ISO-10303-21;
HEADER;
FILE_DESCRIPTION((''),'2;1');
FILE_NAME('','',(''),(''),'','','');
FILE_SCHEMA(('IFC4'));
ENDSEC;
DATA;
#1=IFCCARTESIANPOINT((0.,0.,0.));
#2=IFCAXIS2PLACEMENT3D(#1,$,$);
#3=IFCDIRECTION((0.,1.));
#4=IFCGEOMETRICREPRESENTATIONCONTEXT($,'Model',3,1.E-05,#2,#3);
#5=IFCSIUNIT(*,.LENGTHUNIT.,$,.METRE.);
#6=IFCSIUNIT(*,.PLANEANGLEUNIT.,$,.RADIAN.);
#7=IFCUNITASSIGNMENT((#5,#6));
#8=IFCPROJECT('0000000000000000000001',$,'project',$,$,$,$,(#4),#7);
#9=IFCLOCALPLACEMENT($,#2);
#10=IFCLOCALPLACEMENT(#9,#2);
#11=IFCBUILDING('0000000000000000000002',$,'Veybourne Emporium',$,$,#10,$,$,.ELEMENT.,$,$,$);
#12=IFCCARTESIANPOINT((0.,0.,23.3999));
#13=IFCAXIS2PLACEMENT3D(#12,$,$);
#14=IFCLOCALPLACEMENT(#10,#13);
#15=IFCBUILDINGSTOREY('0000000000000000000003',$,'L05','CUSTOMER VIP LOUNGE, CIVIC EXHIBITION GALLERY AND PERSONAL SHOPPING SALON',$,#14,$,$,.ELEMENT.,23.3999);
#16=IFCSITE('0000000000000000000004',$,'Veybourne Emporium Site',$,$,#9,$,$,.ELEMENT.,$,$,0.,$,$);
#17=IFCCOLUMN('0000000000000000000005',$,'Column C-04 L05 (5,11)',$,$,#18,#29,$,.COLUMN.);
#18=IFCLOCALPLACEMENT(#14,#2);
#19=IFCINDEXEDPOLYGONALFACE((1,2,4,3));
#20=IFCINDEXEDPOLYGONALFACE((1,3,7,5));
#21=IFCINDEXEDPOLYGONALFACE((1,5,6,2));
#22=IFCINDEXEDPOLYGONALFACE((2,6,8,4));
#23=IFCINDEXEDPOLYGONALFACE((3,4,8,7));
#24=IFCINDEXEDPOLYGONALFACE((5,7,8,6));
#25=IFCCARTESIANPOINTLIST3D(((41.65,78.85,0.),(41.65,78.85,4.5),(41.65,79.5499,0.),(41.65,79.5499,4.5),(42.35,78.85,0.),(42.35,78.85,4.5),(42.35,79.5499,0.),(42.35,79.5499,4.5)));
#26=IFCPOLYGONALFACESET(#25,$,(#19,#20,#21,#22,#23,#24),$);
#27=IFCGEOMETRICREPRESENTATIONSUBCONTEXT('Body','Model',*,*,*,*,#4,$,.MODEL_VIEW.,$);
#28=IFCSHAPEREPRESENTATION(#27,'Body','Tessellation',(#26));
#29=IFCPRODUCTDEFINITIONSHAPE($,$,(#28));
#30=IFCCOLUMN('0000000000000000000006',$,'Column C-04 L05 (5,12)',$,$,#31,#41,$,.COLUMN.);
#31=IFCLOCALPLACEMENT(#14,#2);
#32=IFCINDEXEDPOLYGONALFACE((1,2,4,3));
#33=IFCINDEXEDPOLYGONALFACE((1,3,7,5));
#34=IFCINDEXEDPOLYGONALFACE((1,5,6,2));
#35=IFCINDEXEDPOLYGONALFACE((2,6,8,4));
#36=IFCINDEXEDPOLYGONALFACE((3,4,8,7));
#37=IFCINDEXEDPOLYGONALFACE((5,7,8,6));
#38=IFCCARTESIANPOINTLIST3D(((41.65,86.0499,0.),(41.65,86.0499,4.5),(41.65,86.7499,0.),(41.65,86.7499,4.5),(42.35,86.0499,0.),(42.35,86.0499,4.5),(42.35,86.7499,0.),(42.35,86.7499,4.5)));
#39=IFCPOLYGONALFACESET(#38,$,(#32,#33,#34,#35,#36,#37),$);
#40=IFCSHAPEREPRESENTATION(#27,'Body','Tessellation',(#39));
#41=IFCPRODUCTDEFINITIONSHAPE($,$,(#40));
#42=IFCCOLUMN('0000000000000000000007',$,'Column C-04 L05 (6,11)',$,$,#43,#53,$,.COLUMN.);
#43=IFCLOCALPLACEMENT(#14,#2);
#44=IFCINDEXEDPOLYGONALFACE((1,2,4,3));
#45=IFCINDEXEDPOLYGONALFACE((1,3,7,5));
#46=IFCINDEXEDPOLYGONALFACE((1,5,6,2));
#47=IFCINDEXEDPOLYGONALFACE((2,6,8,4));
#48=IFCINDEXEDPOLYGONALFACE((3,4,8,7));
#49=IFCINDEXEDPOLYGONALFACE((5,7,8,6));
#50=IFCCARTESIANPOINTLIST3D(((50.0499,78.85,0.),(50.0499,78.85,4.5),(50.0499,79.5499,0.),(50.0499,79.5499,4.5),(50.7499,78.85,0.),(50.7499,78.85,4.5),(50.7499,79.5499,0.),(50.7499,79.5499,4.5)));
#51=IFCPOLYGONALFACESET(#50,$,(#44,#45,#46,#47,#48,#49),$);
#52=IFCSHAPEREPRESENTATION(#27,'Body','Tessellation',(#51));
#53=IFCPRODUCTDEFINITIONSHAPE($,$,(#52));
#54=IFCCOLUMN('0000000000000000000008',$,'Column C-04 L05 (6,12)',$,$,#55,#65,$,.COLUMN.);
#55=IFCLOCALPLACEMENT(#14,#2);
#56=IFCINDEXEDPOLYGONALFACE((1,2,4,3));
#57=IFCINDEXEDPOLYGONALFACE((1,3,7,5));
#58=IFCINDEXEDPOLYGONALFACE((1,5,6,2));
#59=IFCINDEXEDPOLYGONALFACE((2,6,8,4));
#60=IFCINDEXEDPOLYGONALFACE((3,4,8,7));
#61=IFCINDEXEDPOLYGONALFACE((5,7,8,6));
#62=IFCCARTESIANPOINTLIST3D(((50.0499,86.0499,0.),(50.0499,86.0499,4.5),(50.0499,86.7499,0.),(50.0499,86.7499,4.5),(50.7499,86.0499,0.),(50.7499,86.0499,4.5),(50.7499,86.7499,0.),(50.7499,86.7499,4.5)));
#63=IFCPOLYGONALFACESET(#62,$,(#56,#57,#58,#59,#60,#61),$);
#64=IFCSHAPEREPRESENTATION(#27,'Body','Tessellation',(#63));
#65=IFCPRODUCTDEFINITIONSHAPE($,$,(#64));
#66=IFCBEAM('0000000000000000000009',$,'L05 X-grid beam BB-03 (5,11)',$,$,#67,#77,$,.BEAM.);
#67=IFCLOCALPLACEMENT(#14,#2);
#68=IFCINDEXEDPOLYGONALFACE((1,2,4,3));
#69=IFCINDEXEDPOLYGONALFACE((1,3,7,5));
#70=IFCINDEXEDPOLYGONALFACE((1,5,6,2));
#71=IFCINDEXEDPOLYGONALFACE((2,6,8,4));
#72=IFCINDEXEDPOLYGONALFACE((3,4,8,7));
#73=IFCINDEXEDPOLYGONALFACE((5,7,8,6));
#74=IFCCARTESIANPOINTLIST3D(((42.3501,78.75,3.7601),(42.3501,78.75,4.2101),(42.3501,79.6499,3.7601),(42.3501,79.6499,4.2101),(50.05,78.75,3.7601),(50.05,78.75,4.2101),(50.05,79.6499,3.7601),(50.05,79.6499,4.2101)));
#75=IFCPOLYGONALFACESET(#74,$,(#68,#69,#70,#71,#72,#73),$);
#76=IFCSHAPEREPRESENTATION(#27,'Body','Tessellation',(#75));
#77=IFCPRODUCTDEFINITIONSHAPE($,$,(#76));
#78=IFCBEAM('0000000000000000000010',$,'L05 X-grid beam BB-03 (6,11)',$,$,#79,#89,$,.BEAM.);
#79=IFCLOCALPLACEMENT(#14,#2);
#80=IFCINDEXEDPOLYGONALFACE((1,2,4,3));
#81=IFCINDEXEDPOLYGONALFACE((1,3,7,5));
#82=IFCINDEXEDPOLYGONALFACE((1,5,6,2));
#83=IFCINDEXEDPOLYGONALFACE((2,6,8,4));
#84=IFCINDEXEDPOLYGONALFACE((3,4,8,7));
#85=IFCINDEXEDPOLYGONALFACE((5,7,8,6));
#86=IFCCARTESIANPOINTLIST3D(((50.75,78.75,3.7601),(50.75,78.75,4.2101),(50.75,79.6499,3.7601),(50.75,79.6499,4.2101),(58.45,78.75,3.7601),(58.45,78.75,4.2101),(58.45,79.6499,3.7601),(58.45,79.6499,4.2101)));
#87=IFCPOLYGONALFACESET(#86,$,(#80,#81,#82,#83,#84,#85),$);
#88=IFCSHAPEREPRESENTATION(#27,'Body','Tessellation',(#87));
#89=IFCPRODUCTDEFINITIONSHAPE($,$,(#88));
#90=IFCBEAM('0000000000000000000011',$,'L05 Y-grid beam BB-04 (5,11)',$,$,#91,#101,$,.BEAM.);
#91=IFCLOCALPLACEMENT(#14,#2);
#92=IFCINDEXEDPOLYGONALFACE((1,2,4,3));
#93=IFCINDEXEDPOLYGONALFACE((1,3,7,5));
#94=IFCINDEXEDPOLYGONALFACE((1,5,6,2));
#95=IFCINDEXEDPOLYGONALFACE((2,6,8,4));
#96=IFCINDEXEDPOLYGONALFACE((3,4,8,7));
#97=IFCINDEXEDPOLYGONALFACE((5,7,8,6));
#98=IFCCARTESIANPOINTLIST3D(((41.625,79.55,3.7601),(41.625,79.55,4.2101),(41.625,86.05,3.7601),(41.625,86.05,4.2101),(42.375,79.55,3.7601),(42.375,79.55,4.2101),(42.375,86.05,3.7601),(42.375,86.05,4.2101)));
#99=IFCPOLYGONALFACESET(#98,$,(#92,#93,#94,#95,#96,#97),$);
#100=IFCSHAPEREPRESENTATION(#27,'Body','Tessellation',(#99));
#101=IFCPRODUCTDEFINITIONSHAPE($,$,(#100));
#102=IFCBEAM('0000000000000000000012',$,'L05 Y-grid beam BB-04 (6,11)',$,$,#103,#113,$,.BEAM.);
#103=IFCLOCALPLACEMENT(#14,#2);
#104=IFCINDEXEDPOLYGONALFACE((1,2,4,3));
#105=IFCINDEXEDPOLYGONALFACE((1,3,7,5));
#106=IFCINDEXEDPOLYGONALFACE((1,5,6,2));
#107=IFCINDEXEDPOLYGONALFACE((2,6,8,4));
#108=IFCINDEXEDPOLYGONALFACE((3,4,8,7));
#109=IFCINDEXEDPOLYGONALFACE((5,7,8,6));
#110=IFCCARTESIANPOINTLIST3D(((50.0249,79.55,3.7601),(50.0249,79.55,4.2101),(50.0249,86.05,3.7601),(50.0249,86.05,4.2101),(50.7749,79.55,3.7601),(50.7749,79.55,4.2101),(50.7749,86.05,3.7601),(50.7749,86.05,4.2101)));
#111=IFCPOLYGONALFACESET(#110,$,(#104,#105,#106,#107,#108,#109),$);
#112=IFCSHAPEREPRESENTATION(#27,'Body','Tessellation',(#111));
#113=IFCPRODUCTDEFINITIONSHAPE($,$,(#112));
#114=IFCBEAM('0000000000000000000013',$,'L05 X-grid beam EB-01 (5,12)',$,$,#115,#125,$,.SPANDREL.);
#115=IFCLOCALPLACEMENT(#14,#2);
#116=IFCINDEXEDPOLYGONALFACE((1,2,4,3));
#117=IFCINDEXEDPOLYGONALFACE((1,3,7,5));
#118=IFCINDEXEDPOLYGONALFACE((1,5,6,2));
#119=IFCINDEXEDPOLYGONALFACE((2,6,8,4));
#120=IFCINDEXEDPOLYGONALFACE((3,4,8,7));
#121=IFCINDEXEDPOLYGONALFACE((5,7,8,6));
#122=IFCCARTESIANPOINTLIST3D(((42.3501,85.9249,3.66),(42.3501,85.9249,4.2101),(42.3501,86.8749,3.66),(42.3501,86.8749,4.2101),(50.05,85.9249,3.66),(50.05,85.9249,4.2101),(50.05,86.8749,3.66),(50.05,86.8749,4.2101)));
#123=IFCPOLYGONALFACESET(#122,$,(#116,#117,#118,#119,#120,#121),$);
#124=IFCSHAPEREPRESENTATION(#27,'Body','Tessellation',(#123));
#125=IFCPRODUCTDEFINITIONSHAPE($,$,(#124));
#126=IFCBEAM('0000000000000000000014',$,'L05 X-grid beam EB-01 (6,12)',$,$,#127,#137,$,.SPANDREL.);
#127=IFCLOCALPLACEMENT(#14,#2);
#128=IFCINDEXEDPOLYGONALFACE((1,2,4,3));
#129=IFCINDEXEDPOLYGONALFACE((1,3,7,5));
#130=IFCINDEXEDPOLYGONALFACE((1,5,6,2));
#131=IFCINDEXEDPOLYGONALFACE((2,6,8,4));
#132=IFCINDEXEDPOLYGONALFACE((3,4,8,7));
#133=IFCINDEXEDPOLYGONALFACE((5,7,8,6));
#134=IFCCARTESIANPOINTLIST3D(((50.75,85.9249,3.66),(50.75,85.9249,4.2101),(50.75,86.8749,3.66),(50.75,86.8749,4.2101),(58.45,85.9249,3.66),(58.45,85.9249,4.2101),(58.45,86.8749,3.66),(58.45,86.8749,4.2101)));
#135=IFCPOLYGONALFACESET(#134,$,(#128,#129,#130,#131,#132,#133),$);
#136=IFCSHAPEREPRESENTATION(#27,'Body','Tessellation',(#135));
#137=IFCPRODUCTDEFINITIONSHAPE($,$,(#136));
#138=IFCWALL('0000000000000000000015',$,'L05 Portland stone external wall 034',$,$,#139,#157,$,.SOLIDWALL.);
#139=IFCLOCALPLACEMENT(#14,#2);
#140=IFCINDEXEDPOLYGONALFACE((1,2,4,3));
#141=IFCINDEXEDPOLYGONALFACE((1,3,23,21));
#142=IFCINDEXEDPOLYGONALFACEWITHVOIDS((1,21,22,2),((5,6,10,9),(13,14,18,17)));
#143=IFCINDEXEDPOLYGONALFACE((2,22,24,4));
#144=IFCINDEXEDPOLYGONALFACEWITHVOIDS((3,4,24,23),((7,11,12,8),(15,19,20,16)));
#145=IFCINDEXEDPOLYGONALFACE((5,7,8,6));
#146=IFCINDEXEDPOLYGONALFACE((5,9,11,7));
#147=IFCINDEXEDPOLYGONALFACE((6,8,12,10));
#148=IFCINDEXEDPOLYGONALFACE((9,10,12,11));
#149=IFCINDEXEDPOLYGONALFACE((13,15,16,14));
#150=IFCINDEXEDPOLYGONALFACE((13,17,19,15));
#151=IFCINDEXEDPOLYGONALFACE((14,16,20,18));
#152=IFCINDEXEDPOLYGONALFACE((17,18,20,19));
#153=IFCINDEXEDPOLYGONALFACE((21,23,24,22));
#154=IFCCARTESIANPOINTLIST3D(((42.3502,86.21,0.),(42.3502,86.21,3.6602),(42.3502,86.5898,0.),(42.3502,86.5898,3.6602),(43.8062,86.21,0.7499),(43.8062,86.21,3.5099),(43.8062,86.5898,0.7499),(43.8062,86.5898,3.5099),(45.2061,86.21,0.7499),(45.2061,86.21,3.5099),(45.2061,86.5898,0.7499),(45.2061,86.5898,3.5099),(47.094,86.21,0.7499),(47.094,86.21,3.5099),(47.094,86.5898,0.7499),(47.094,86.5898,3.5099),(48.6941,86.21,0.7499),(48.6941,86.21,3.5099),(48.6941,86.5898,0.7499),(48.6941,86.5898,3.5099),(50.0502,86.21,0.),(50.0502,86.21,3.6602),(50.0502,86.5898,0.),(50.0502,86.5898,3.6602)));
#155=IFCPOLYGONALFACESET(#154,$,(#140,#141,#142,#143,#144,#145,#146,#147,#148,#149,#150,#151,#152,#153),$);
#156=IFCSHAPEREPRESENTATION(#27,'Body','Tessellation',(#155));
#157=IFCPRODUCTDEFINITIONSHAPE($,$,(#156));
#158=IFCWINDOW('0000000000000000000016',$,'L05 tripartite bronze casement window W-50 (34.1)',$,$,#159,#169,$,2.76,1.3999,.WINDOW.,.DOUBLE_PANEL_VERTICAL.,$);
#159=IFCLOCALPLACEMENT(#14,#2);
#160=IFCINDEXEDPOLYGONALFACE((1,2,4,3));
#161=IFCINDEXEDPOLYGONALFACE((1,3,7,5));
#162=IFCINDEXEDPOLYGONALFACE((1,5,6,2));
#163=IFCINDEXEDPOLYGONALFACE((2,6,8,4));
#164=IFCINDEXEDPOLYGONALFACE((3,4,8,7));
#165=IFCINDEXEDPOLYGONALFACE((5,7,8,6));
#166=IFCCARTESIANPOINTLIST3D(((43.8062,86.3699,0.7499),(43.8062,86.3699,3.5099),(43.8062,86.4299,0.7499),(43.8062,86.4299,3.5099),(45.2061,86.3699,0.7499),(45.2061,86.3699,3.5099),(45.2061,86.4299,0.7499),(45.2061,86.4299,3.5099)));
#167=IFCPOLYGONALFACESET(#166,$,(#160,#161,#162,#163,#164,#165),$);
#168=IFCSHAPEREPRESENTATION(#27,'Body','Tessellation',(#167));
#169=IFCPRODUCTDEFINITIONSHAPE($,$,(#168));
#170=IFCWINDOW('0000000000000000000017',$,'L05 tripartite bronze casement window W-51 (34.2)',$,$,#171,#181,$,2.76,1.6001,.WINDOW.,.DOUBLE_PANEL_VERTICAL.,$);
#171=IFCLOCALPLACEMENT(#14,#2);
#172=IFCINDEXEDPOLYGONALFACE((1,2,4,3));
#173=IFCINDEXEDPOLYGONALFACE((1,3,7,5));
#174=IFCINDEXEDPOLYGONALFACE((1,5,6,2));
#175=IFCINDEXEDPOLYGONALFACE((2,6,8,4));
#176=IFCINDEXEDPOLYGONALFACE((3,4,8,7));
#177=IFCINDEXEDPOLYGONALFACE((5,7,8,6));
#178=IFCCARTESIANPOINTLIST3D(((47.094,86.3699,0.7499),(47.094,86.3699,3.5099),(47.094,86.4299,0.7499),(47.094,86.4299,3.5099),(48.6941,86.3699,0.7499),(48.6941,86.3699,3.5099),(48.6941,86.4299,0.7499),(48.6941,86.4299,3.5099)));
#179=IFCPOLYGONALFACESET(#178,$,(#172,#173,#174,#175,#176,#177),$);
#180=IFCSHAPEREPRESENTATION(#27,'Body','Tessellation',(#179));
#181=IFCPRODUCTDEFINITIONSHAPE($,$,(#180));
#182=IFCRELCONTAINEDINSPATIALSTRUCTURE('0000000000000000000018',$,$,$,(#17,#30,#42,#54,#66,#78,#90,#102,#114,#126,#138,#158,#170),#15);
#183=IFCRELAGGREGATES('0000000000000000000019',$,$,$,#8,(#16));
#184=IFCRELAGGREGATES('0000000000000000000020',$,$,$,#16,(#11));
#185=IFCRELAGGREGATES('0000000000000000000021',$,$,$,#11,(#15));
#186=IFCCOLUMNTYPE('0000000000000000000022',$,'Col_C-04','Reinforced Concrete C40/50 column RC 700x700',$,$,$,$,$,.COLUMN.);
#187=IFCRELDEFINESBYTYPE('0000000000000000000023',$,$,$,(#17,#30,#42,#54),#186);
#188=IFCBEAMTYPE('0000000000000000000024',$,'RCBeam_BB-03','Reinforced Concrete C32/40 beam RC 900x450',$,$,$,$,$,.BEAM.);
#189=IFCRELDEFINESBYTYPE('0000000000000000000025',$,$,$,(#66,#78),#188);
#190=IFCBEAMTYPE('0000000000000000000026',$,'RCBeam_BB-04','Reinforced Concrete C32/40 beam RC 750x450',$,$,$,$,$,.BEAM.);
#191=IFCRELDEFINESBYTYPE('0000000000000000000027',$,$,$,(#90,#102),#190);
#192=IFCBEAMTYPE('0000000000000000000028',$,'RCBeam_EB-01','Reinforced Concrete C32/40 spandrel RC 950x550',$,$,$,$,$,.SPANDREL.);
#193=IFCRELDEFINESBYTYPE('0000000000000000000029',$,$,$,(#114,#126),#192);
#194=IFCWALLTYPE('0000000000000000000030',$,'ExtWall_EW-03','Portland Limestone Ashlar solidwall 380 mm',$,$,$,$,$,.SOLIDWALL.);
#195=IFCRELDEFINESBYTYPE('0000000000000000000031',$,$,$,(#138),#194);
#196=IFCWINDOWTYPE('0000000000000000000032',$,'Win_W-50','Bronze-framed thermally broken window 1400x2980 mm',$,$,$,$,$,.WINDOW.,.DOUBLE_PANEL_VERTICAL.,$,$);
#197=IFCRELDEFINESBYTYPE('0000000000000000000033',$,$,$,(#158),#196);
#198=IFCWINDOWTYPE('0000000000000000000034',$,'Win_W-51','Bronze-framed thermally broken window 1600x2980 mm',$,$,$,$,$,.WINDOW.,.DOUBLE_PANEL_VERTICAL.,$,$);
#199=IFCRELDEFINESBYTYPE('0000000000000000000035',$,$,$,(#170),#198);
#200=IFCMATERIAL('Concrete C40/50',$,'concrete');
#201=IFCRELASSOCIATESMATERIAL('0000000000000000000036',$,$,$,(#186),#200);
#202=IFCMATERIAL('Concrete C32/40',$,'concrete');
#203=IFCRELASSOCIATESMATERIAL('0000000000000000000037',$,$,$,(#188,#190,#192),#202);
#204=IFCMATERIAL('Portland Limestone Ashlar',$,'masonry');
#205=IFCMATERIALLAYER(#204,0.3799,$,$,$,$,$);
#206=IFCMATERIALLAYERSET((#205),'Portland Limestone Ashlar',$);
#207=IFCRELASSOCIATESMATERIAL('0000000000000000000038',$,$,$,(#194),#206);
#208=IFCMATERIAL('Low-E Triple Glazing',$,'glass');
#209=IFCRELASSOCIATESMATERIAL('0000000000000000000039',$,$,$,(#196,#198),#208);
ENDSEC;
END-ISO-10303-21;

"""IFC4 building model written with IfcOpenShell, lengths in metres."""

from ifc_helpers import new_model, si_unit, direction, frame, frame_2d, origin, origin_2d, place, context, subcontext, project, spatial, rectangle, extrude, material, layer, layer_set, material_profile, profile_set, type_object, element, fill, save


model = new_model("IFC4")

# Units and contexts
model_context = context("Model", 3, precision=1e-05, world=origin(), true_north=direction((0.0, 1.0)))
body_context = subcontext(model_context, "Body", "Model", "MODEL_VIEW")
ifc_project = project(units=[si_unit("LENGTHUNIT", "METRE"), si_unit("PLANEANGLEUNIT", "RADIAN")], contexts=[model_context])

# Site, building, storey
site_placement = place(None, origin())
site = spatial("IfcSite", under=ifc_project, at=site_placement, Name="Veybourne Emporium Site", CompositionType="ELEMENT", RefElevation=0.0)
building_placement = place(site_placement, origin())
building = spatial("IfcBuilding", under=site, at=building_placement, Name="Veybourne Emporium", CompositionType="ELEMENT")
storey_placement = place(building_placement, frame((0.0, 0.0, 23.3999)))
storey = spatial("IfcBuildingStorey", under=building, at=storey_placement, Name="L05", Description="CUSTOMER VIP LOUNGE, CIVIC EXHIBITION GALLERY AND PERSONAL SHOPPING SALON", CompositionType="ELEMENT", Elevation=23.3999)

# Columns
ifc_material_1 = material(Name="Concrete C40/50", Category="concrete")
ifc_material_profile_1 = material_profile(ifc_material_1, rectangle(XDim=0.7, YDim=0.7, at=origin_2d()), Name="RC 700x700")
ifc_profile_set_1 = profile_set([ifc_material_profile_1], Name="Concrete C40/50")
column_type = type_object("IfcColumnType", Name="Col_C-04", Description="Reinforced Concrete C40/50 column RC 700x700", PredefinedType="COLUMN", material=ifc_profile_set_1)
for number, where, z_axis, x_axis, name in (
    (1, (42.0, 79.2, 0.0), (0.0, 0.0, 1.0), (1.0, 0.0, 0.0), "Column C-04 L05 (5,11)"),
    (2, (42.0, 86.3999, 0.0), (0.0, 0.0, 1.0), (1.0, 0.0, 0.0), "Column C-04 L05 (5,12)"),
    (3, (50.3999, 79.2, 0.0), (0.0, 0.0, 1.0), (1.0, 0.0, 0.0), "Column C-04 L05 (6,11)"),
    (4, (50.3999, 86.3999, 0.0), (0.0, 0.0, 1.0), (1.0, 0.0, 0.0), "Column C-04 L05 (6,12)"),
):
    element("IfcColumn", number, at=place(storey_placement, frame(where, z_axis=z_axis, x_axis=x_axis)), inside=storey, type_object=column_type, Name=name, PredefinedType="COLUMN", context=body_context, shape_type="SweptSolid", body=[
        extrude(rectangle(XDim=0.7, YDim=0.7, at=origin_2d()), origin(), (0.0, 0.0, 1.0), 4.5),
    ])

# Beams
ifc_material_2 = material(Name="Concrete C32/40", Category="concrete")
ifc_material_profile_2 = material_profile(ifc_material_2, rectangle(XDim=0.8999, YDim=0.45, at=origin_2d()), Name="RC 900x450")
ifc_profile_set_2 = profile_set([ifc_material_profile_2], Name="Concrete C32/40")
beam_type_1 = type_object("IfcBeamType", Name="RCBeam_BB-03", Description="Reinforced Concrete C32/40 beam RC 900x450", PredefinedType="BEAM", material=ifc_profile_set_2)
for number, where, z_axis, x_axis, name in (
    (5, (42.3501, 79.2, 3.9851), (1.0, 0.0, 0.0), (0.0, 1.0, 0.0), "L05 X-grid beam BB-03 (5,11)"),
    (6, (50.75, 79.2, 3.9851), (1.0, 0.0, 0.0), (0.0, 1.0, 0.0), "L05 X-grid beam BB-03 (6,11)"),
):
    element("IfcBeam", number, at=place(storey_placement, frame(where, z_axis=z_axis, x_axis=x_axis)), inside=storey, type_object=beam_type_1, Name=name, PredefinedType="BEAM", context=body_context, shape_type="SweptSolid", body=[
        extrude(rectangle(XDim=0.8999, YDim=0.45, at=origin_2d()), origin(), (0.0, 0.0, 1.0), 7.7),
    ])
ifc_material_profile_3 = material_profile(ifc_material_2, rectangle(XDim=0.75, YDim=0.45, at=origin_2d()), Name="RC 750x450")
ifc_profile_set_3 = profile_set([ifc_material_profile_3], Name="Concrete C32/40")
beam_type_2 = type_object("IfcBeamType", Name="RCBeam_BB-04", Description="Reinforced Concrete C32/40 beam RC 750x450", PredefinedType="BEAM", material=ifc_profile_set_3)
for number, where, z_axis, x_axis, name in (
    (7, (42.0, 79.55, 3.9851), (0.0, 1.0, 0.0), (-1.0, 0.0, 0.0), "L05 Y-grid beam BB-04 (5,11)"),
    (8, (50.3999, 79.55, 3.9851), (0.0, 1.0, 0.0), (-1.0, 0.0, 0.0), "L05 Y-grid beam BB-04 (6,11)"),
):
    element("IfcBeam", number, at=place(storey_placement, frame(where, z_axis=z_axis, x_axis=x_axis)), inside=storey, type_object=beam_type_2, Name=name, PredefinedType="BEAM", context=body_context, shape_type="SweptSolid", body=[
        extrude(rectangle(XDim=0.75, YDim=0.45, at=origin_2d()), origin(), (0.0, 0.0, 1.0), 6.5),
    ])
ifc_material_profile_4 = material_profile(ifc_material_2, rectangle(XDim=0.95, YDim=0.55, at=origin_2d()), Name="RC 950x550")
ifc_profile_set_4 = profile_set([ifc_material_profile_4], Name="Concrete C32/40")
beam_type_3 = type_object("IfcBeamType", Name="RCBeam_EB-01", Description="Reinforced Concrete C32/40 spandrel RC 950x550", PredefinedType="SPANDREL", material=ifc_profile_set_4)
for number, where, z_axis, x_axis, name in (
    (9, (42.3501, 86.3999, 3.9351), (1.0, 0.0, 0.0), (0.0, 1.0, 0.0), "L05 X-grid beam EB-01 (5,12)"),
    (10, (50.75, 86.3999, 3.9351), (1.0, 0.0, 0.0), (0.0, 1.0, 0.0), "L05 X-grid beam EB-01 (6,12)"),
):
    element("IfcBeam", number, at=place(storey_placement, frame(where, z_axis=z_axis, x_axis=x_axis)), inside=storey, type_object=beam_type_3, Name=name, PredefinedType="SPANDREL", context=body_context, shape_type="SweptSolid", body=[
        extrude(rectangle(XDim=0.95, YDim=0.55, at=origin_2d()), origin(), (0.0, 0.0, 1.0), 7.7),
    ])

# Wall, openings, windows
ifc_material_3 = material(Name="Portland Limestone Ashlar", Category="masonry")
ifc_layer_1 = layer(ifc_material_3, 0.3799)
ifc_layer_set_1 = layer_set([ifc_layer_1], Name="Portland Limestone Ashlar")
wall_type_1 = type_object("IfcWallType", Name="ExtWall_EW-03", Description="Portland Limestone Ashlar solidwall 380 mm", PredefinedType="SOLIDWALL", material=ifc_layer_set_1)
wall_1_placement = place(storey_placement, frame((42.3501, 86.3999, 0.0), z_axis=(0.0, 0.0, 1.0), x_axis=(1.0, 0.0, 0.0)))
wall_1 = element("IfcWall", 11, at=wall_1_placement, inside=storey, type_object=wall_type_1, Name="L05 Portland stone external wall 034", PredefinedType="SOLIDWALL", context=body_context, shape_type="SweptSolid", body=[
    extrude(rectangle(XDim=7.7, YDim=0.3799, at=frame_2d((3.8501, 0.0))), origin(), (0.0, 0.0, 1.0), 3.6602),
])
opening_1_placement = place(wall_1_placement, frame((1.4561, 0.0, 0.75)))
opening_1 = element("IfcOpeningElement", 12, at=opening_1_placement, cuts=wall_1, PredefinedType="OPENING", context=body_context, shape_type="SweptSolid", body=[
    extrude(rectangle(XDim=1.3999, YDim=2.76, at=frame_2d((0.7, 1.3799))), frame((0.0, 0.21, 0.0), z_axis=(0.0, -1.0, 0.0), x_axis=(1.0, 0.0, 0.0)), (0.0, 0.0, 1.0), 0.4199),
])
opening_2_placement = place(wall_1_placement, frame((4.7439, 0.0, 0.75)))
opening_2 = element("IfcOpeningElement", 13, at=opening_2_placement, cuts=wall_1, PredefinedType="OPENING", context=body_context, shape_type="SweptSolid", body=[
    extrude(rectangle(XDim=1.6001, YDim=2.76, at=frame_2d((0.8, 1.3799))), frame((0.0, 0.21, 0.0), z_axis=(0.0, -1.0, 0.0), x_axis=(1.0, 0.0, 0.0)), (0.0, 0.0, 1.0), 0.4199),
])
ifc_material_4 = material(Name="Low-E Triple Glazing", Category="glass")
window_type_1 = type_object("IfcWindowType", Name="Win_W-50", Description="Bronze-framed thermally broken window 1400x2980 mm", PartitioningType="DOUBLE_PANEL_VERTICAL", PredefinedType="WINDOW", material=ifc_material_4)
window_1_placement = place(opening_1_placement, origin())
window_1 = element("IfcWindow", 14, at=window_1_placement, inside=storey, type_object=window_type_1, Name="L05 tripartite bronze casement window W-50 (34.1)", OverallHeight=2.76, OverallWidth=1.3999, PartitioningType="DOUBLE_PANEL_VERTICAL", PredefinedType="WINDOW", context=body_context, shape_type="SweptSolid", body=[
    extrude(rectangle(XDim=1.3999, YDim=2.76, at=frame_2d((0.7, 1.3799))), frame((0.0, 0.03, 0.0), z_axis=(0.0, -1.0, 0.0), x_axis=(1.0, 0.0, 0.0)), (0.0, 0.0, 1.0), 0.0601),
])
fill(opening_1, window_1)
window_type_2 = type_object("IfcWindowType", Name="Win_W-51", Description="Bronze-framed thermally broken window 1600x2980 mm", PartitioningType="DOUBLE_PANEL_VERTICAL", PredefinedType="WINDOW", material=ifc_material_4)
window_2_placement = place(opening_2_placement, origin())
window_2 = element("IfcWindow", 15, at=window_2_placement, inside=storey, type_object=window_type_2, Name="L05 tripartite bronze casement window W-51 (34.2)", OverallHeight=2.76, OverallWidth=1.6001, PartitioningType="DOUBLE_PANEL_VERTICAL", PredefinedType="WINDOW", context=body_context, shape_type="SweptSolid", body=[
    extrude(rectangle(XDim=1.6001, YDim=2.76, at=frame_2d((0.8, 1.3799))), frame((0.0, 0.03, 0.0), z_axis=(0.0, -1.0, 0.0), x_axis=(1.0, 0.0, 0.0)), (0.0, 0.0, 1.0), 0.0601),
])
fill(opening_2, window_2)

save(model, "model.ifc")
